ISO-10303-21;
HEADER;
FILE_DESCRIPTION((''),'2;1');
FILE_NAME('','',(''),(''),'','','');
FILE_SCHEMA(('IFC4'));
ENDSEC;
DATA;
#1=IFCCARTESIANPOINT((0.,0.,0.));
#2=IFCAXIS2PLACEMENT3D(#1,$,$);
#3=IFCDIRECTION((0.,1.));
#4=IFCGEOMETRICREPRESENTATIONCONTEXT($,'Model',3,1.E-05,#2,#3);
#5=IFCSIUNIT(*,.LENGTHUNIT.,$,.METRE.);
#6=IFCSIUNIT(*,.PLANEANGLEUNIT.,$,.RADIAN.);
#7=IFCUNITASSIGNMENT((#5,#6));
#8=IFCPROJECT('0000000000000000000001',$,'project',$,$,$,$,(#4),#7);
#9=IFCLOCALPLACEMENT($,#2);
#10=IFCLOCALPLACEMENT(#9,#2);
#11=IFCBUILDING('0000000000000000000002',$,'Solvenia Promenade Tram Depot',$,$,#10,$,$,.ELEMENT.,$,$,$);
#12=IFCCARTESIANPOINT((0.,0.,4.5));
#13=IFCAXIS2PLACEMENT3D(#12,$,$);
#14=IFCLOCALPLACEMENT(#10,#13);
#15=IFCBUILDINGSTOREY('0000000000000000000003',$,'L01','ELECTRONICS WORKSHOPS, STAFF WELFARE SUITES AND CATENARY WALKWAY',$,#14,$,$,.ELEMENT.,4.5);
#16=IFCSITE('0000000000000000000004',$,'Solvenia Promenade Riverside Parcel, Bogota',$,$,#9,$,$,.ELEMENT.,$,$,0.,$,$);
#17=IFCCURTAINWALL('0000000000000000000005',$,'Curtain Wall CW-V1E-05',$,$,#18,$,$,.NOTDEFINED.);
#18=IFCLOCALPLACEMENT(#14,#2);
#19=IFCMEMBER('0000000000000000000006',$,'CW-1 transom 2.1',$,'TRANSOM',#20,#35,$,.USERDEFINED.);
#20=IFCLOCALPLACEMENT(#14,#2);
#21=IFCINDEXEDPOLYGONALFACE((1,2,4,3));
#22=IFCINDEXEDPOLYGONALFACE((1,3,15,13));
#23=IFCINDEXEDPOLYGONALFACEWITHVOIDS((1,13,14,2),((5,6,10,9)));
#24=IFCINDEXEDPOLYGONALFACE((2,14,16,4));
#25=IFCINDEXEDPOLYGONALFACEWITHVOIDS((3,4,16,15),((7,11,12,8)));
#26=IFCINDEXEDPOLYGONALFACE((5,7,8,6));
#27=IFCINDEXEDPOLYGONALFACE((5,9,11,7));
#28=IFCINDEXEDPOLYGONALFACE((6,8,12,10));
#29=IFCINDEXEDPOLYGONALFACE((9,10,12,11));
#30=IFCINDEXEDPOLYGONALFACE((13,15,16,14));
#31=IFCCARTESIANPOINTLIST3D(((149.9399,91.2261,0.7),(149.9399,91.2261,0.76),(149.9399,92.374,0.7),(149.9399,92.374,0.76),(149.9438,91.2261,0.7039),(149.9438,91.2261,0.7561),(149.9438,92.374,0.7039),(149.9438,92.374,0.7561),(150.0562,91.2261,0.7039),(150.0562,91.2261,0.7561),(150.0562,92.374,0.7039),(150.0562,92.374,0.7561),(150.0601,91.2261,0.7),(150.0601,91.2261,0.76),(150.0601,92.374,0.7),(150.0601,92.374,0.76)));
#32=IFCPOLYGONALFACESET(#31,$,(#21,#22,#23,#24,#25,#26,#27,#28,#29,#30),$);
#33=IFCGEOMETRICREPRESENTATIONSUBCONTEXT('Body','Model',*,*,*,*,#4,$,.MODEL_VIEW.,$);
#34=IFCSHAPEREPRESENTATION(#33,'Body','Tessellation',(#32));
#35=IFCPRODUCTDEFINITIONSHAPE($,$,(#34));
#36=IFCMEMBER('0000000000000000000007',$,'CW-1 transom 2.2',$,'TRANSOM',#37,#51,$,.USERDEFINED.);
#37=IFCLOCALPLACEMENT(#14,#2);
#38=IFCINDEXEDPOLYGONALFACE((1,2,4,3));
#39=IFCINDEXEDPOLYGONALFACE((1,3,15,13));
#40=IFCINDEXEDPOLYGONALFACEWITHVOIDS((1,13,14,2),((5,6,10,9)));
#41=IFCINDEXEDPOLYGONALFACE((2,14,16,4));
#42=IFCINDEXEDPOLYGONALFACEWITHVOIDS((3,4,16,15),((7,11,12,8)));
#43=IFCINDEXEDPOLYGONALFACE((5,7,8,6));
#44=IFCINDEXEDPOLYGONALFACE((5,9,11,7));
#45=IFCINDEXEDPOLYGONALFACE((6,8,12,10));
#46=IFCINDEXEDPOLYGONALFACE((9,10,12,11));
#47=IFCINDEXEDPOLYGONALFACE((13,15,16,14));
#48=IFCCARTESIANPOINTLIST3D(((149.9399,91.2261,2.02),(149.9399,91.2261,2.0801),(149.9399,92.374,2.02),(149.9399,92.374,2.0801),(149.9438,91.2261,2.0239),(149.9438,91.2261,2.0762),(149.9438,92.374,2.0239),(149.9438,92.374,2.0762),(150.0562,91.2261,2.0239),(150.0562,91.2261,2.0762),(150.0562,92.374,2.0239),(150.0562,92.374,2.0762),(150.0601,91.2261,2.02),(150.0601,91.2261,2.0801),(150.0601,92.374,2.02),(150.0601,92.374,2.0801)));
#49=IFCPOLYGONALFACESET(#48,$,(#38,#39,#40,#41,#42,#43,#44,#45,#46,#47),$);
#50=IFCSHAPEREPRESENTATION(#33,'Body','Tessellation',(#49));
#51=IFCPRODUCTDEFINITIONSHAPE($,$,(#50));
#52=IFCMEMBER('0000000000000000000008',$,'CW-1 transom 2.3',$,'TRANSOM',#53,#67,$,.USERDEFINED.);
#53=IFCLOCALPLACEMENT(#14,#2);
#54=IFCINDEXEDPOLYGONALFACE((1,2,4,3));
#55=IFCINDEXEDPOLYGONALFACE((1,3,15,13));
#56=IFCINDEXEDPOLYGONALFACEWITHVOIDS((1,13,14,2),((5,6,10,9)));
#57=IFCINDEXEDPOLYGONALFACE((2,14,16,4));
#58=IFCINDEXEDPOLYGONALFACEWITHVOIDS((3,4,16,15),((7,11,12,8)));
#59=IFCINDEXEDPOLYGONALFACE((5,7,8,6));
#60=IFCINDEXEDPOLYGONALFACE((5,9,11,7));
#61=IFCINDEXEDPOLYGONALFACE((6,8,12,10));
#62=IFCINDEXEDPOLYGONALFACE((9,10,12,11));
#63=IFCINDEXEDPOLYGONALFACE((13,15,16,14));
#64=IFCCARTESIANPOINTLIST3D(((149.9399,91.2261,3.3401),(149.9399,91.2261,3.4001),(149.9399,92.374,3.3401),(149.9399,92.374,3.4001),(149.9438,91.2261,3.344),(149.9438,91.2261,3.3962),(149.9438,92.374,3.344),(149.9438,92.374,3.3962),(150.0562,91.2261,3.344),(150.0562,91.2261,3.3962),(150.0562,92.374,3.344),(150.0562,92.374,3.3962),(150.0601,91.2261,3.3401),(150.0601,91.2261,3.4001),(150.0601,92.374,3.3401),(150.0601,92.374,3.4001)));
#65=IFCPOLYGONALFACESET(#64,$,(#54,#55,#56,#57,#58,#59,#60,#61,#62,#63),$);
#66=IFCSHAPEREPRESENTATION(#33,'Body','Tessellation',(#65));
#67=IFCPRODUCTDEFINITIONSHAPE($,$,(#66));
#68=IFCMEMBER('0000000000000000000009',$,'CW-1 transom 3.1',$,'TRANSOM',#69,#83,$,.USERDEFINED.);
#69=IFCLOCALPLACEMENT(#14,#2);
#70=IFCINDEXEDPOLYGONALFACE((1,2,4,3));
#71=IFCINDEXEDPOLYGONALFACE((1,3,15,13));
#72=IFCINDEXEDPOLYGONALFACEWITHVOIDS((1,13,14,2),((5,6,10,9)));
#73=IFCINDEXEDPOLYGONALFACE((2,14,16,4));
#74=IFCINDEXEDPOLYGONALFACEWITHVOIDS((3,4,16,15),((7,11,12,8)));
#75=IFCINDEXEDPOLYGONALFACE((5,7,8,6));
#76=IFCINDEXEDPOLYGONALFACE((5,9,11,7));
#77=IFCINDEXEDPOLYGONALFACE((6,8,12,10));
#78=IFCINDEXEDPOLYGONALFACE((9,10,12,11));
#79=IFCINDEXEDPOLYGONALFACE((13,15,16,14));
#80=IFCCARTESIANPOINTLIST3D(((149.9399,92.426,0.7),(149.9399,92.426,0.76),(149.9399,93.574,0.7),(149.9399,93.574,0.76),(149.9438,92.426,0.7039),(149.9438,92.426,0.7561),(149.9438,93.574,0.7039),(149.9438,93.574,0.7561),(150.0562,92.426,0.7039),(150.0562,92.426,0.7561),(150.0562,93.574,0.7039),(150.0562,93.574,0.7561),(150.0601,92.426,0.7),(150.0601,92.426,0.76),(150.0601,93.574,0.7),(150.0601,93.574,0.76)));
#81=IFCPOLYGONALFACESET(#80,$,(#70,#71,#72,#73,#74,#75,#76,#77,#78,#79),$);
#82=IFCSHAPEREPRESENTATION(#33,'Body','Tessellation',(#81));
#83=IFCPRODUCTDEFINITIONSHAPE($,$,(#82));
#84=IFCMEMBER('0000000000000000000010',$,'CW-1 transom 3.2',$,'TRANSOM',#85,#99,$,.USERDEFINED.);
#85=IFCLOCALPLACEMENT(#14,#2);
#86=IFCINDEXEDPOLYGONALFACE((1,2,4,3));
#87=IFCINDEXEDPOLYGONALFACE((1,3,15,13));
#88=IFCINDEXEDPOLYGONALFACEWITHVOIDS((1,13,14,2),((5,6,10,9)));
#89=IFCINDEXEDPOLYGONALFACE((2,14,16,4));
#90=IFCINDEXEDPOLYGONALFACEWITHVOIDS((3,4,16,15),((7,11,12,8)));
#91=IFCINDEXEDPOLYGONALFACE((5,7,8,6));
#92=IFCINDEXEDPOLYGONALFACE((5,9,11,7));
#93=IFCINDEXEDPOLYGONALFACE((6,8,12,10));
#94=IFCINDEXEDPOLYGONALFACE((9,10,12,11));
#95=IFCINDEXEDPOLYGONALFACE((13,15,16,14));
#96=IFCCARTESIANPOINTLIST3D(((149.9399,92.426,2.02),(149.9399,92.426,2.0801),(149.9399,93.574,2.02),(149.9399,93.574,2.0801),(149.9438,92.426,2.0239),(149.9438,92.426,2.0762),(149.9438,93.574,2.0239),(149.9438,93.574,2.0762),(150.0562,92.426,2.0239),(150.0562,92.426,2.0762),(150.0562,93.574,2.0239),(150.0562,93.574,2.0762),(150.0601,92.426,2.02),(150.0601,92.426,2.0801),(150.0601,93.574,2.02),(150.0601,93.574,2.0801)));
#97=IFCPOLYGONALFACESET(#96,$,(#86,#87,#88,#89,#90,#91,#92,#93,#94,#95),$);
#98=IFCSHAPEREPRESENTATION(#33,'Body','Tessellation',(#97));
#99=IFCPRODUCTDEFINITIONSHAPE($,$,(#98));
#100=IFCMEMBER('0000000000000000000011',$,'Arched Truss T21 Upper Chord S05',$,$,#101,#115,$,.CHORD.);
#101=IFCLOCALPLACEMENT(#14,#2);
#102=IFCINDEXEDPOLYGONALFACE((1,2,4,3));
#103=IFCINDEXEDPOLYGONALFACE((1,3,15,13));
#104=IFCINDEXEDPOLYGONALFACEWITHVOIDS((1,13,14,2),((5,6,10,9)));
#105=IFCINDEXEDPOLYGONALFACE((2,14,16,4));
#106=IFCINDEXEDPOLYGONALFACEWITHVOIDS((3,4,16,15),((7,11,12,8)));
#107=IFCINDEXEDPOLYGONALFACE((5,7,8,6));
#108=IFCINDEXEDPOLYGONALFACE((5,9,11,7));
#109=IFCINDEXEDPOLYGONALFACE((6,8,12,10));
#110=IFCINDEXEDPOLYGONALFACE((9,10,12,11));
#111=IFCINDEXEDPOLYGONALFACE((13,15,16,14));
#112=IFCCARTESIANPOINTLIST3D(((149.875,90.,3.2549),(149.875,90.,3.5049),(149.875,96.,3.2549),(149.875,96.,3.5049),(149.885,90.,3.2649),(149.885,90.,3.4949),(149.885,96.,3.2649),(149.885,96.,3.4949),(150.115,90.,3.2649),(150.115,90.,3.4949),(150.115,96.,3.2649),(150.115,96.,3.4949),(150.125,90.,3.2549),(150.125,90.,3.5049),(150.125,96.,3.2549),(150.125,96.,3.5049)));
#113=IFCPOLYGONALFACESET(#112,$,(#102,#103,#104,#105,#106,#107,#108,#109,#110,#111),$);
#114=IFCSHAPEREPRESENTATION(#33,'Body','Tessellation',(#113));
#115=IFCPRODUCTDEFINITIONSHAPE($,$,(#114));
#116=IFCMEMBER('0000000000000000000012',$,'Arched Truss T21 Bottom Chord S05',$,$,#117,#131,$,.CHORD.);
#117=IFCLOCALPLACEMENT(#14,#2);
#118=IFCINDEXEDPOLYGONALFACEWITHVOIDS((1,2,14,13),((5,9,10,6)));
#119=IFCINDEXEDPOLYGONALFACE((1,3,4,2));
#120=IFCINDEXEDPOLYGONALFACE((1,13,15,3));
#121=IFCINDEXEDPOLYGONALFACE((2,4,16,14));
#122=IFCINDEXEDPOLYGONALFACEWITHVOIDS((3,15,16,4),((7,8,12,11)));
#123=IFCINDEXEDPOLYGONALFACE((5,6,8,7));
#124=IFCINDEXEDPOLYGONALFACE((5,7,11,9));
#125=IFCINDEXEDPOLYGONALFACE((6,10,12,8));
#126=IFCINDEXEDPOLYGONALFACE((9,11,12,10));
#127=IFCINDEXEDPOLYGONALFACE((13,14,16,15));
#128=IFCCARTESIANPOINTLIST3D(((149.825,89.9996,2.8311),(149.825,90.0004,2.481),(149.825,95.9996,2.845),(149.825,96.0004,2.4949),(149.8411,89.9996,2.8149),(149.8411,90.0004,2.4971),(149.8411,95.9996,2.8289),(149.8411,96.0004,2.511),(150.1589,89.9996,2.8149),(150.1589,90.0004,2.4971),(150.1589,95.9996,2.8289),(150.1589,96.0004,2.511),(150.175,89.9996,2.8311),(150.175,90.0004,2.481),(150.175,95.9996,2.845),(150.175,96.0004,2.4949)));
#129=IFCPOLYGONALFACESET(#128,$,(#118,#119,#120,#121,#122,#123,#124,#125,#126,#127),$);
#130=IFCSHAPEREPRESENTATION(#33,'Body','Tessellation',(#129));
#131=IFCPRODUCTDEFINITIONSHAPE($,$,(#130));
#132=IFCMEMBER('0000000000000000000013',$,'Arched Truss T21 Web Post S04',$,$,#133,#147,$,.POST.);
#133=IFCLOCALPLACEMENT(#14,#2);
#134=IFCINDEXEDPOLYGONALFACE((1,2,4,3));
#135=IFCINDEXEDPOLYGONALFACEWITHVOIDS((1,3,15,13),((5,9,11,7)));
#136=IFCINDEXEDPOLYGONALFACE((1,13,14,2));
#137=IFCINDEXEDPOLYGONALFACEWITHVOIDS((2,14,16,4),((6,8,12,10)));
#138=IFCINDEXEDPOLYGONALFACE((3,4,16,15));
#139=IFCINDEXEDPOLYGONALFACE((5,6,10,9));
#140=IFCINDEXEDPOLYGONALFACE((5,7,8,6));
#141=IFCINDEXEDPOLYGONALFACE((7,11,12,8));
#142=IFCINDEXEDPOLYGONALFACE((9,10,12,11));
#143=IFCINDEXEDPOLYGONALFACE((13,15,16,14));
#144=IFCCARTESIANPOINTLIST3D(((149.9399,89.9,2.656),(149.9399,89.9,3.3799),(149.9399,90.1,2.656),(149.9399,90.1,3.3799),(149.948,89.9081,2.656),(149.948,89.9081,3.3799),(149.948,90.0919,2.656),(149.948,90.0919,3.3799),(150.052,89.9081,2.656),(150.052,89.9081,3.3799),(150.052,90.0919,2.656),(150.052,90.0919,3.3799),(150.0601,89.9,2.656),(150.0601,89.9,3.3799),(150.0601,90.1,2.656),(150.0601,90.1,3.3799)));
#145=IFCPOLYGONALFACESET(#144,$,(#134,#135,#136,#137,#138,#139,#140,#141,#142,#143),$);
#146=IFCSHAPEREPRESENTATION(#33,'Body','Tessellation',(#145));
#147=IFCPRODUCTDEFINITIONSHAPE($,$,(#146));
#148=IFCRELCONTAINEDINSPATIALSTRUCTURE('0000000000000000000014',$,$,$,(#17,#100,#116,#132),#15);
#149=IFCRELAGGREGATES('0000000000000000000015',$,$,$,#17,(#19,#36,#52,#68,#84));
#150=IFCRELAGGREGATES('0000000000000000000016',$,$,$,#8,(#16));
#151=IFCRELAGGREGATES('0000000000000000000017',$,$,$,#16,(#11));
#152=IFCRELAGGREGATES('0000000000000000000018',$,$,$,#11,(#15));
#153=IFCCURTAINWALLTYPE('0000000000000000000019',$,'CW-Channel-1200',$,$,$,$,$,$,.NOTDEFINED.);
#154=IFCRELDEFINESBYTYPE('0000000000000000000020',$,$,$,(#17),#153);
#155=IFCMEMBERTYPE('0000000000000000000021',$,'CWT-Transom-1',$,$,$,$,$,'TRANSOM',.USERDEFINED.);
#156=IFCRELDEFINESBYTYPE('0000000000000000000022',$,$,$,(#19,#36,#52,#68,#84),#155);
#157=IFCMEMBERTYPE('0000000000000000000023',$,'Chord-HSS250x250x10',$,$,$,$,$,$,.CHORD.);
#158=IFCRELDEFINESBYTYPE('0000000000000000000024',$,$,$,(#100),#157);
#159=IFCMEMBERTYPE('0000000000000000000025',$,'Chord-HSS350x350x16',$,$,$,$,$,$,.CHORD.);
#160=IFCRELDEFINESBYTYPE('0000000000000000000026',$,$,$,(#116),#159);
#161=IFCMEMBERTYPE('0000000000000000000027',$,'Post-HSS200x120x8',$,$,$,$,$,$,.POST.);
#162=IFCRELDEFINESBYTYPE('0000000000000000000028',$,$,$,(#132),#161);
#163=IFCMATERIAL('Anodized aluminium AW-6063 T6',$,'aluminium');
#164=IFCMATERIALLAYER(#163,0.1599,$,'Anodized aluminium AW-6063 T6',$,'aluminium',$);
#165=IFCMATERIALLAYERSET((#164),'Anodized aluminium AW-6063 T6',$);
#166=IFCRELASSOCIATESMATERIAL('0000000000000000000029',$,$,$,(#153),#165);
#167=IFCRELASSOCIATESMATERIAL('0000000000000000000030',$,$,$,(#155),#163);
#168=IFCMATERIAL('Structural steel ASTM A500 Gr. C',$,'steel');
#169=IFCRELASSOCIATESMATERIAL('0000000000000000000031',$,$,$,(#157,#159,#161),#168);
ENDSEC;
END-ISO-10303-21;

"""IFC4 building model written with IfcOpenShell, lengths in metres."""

from ifc_helpers import new_model, si_unit, direction, frame, origin, origin_2d, place, context, subcontext, project, spatial, hollow_rectangle, extrude, material, layer, layer_set, material_profile, profile_set, type_object, element, aggregate, save


model = new_model("IFC4")

# Units and contexts
model_context = context("Model", 3, precision=1e-05, world=origin(), true_north=direction((0.0, 1.0)))
body_context = subcontext(model_context, "Body", "Model", "MODEL_VIEW")
ifc_project = project(units=[si_unit("LENGTHUNIT", "METRE"), si_unit("PLANEANGLEUNIT", "RADIAN")], contexts=[model_context])

# Site, building, storey
site_placement = place(None, origin())
site = spatial("IfcSite", under=ifc_project, at=site_placement, Name="Solvenia Promenade Riverside Parcel, Bogota", CompositionType="ELEMENT", RefElevation=0.0)
building_placement = place(site_placement, origin())
building = spatial("IfcBuilding", under=site, at=building_placement, Name="Solvenia Promenade Tram Depot", CompositionType="ELEMENT")
storey_placement = place(building_placement, frame((0.0, 0.0, 4.5)))
storey = spatial("IfcBuildingStorey", under=building, at=storey_placement, Name="L01", Description="ELECTRONICS WORKSHOPS, STAFF WELFARE SUITES AND CATENARY WALKWAY", CompositionType="ELEMENT", Elevation=4.5)

# Curtain wall
ifc_material_1 = material(Name="Anodized aluminium AW-6063 T6", Category="aluminium")
ifc_layer_1 = layer(ifc_material_1, 0.1599, Name="Anodized aluminium AW-6063 T6", Category="aluminium")
ifc_layer_set_1 = layer_set([ifc_layer_1], Name="Anodized aluminium AW-6063 T6")
curtain_wall_type = type_object("IfcCurtainWallType", Name="CW-Channel-1200", PredefinedType="NOTDEFINED", material=ifc_layer_set_1)
curtain_wall_1_placement = place(storey_placement, origin())
curtain_wall_1 = element("IfcCurtainWall", 1, at=curtain_wall_1_placement, inside=storey, type_object=curtain_wall_type, Name="Curtain Wall CW-V1E-05", PredefinedType="NOTDEFINED")

# Members
ifc_material_profile_1 = material_profile(ifc_material_1, hollow_rectangle(XDim=0.1201, YDim=0.0601, WallThickness=0.0039, at=origin_2d()), Name="ALU-T1", Category="aluminium")
ifc_profile_set_1 = profile_set([ifc_material_profile_1], Name="Anodized aluminium AW-6063 T6")
member_type_1 = type_object("IfcMemberType", Name="CWT-Transom-1", ElementType="TRANSOM", PredefinedType="USERDEFINED", material=ifc_profile_set_1)
member_1_placement = place(storey_placement, frame((150.0, 91.2261, 0.73), z_axis=(0.0, 1.0, 0.0), x_axis=(-1.0, 0.0, 0.0)))
member_1 = element("IfcMember", 2, at=member_1_placement, type_object=member_type_1, Name="CW-1 transom 2.1", ObjectType="TRANSOM", PredefinedType="USERDEFINED", context=body_context, shape_type="SweptSolid", body=[
    extrude(hollow_rectangle(XDim=0.1201, YDim=0.0601, WallThickness=0.0039, at=origin_2d()), origin(), (0.0, 0.0, 1.0), 1.1479),
])
member_2_placement = place(storey_placement, frame((150.0, 91.2261, 2.05), z_axis=(0.0, 1.0, 0.0), x_axis=(-1.0, 0.0, 0.0)))
member_2 = element("IfcMember", 3, at=member_2_placement, type_object=member_type_1, Name="CW-1 transom 2.2", ObjectType="TRANSOM", PredefinedType="USERDEFINED", context=body_context, shape_type="SweptSolid", body=[
    extrude(hollow_rectangle(XDim=0.1201, YDim=0.0601, WallThickness=0.0039, at=origin_2d()), origin(), (0.0, 0.0, 1.0), 1.1479),
])
member_3_placement = place(storey_placement, frame((150.0, 91.2261, 3.3701), z_axis=(0.0, 1.0, 0.0), x_axis=(-1.0, 0.0, 0.0)))
member_3 = element("IfcMember", 4, at=member_3_placement, type_object=member_type_1, Name="CW-1 transom 2.3", ObjectType="TRANSOM", PredefinedType="USERDEFINED", context=body_context, shape_type="SweptSolid", body=[
    extrude(hollow_rectangle(XDim=0.1201, YDim=0.0601, WallThickness=0.0039, at=origin_2d()), origin(), (0.0, 0.0, 1.0), 1.1479),
])
member_4_placement = place(storey_placement, frame((150.0, 92.426, 0.73), z_axis=(0.0, 1.0, 0.0), x_axis=(-1.0, 0.0, 0.0)))
member_4 = element("IfcMember", 5, at=member_4_placement, type_object=member_type_1, Name="CW-1 transom 3.1", ObjectType="TRANSOM", PredefinedType="USERDEFINED", context=body_context, shape_type="SweptSolid", body=[
    extrude(hollow_rectangle(XDim=0.1201, YDim=0.0601, WallThickness=0.0039, at=origin_2d()), origin(), (0.0, 0.0, 1.0), 1.1479),
])
member_5_placement = place(storey_placement, frame((150.0, 92.426, 2.05), z_axis=(0.0, 1.0, 0.0), x_axis=(-1.0, 0.0, 0.0)))
member_5 = element("IfcMember", 6, at=member_5_placement, type_object=member_type_1, Name="CW-1 transom 3.2", ObjectType="TRANSOM", PredefinedType="USERDEFINED", context=body_context, shape_type="SweptSolid", body=[
    extrude(hollow_rectangle(XDim=0.1201, YDim=0.0601, WallThickness=0.0039, at=origin_2d()), origin(), (0.0, 0.0, 1.0), 1.1479),
])

# Members
ifc_material_2 = material(Name="Structural steel ASTM A500 Gr. C", Category="steel")
ifc_material_profile_2 = material_profile(ifc_material_2, hollow_rectangle(XDim=0.25, YDim=0.25, WallThickness=0.01, at=origin_2d()), Name="HSS250x250x10", Category="steel")
ifc_profile_set_2 = profile_set([ifc_material_profile_2], Name="Structural steel ASTM A500 Gr. C")
member_type_2 = type_object("IfcMemberType", Name="Chord-HSS250x250x10", PredefinedType="CHORD", material=ifc_profile_set_2)
member_6_placement = place(storey_placement, frame((150.0, 90.0, 3.3799), z_axis=(0.0, 1.0, 0.0), x_axis=(-1.0, 0.0, 0.0)))
element("IfcMember", 7, at=member_6_placement, inside=storey, type_object=member_type_2, Name="Arched Truss T21 Upper Chord S05", PredefinedType="CHORD", context=body_context, shape_type="SweptSolid", body=[
    extrude(hollow_rectangle(XDim=0.25, YDim=0.25, WallThickness=0.01, at=origin_2d()), origin(), (0.0, 0.0, 1.0), 6.0),
])
ifc_material_profile_3 = material_profile(ifc_material_2, hollow_rectangle(XDim=0.3501, YDim=0.3501, WallThickness=0.0161, at=origin_2d()), Name="HSS350x350x16", Category="steel")
ifc_profile_set_3 = profile_set([ifc_material_profile_3], Name="Structural steel ASTM A500 Gr. C")
member_type_3 = type_object("IfcMemberType", Name="Chord-HSS350x350x16", PredefinedType="CHORD", material=ifc_profile_set_3)
member_7_placement = place(storey_placement, frame((150.0, 90.0, 2.656), z_axis=(0.0, 0.999997, 0.002319), x_axis=(-1.0, 0.0, 0.0)))
element("IfcMember", 8, at=member_7_placement, inside=storey, type_object=member_type_3, Name="Arched Truss T21 Bottom Chord S05", PredefinedType="CHORD", context=body_context, shape_type="SweptSolid", body=[
    extrude(hollow_rectangle(XDim=0.3501, YDim=0.3501, WallThickness=0.0161, at=origin_2d()), origin(), (0.0, 0.0, 1.0), 6.0),
])
ifc_material_profile_4 = material_profile(ifc_material_2, hollow_rectangle(XDim=0.1201, YDim=0.2, WallThickness=0.0081, at=origin_2d()), Name="HSS200x120x8", Category="steel")
ifc_profile_set_4 = profile_set([ifc_material_profile_4], Name="Structural steel ASTM A500 Gr. C")
member_type_4 = type_object("IfcMemberType", Name="Post-HSS200x120x8", PredefinedType="POST", material=ifc_profile_set_4)
member_8_placement = place(storey_placement, frame((150.0, 90.0, 2.656), z_axis=(0.0, 0.0, 1.0), x_axis=(1.0, 0.0, 0.0)))
element("IfcMember", 9, at=member_8_placement, inside=storey, type_object=member_type_4, Name="Arched Truss T21 Web Post S04", PredefinedType="POST", context=body_context, shape_type="SweptSolid", body=[
    extrude(hollow_rectangle(XDim=0.1201, YDim=0.2, WallThickness=0.0081, at=origin_2d()), origin(), (0.0, 0.0, 1.0), 0.7239),
])

aggregate(curtain_wall_1, [member_1, member_2, member_3, member_4, member_5])

save(model, "model.ifc")
